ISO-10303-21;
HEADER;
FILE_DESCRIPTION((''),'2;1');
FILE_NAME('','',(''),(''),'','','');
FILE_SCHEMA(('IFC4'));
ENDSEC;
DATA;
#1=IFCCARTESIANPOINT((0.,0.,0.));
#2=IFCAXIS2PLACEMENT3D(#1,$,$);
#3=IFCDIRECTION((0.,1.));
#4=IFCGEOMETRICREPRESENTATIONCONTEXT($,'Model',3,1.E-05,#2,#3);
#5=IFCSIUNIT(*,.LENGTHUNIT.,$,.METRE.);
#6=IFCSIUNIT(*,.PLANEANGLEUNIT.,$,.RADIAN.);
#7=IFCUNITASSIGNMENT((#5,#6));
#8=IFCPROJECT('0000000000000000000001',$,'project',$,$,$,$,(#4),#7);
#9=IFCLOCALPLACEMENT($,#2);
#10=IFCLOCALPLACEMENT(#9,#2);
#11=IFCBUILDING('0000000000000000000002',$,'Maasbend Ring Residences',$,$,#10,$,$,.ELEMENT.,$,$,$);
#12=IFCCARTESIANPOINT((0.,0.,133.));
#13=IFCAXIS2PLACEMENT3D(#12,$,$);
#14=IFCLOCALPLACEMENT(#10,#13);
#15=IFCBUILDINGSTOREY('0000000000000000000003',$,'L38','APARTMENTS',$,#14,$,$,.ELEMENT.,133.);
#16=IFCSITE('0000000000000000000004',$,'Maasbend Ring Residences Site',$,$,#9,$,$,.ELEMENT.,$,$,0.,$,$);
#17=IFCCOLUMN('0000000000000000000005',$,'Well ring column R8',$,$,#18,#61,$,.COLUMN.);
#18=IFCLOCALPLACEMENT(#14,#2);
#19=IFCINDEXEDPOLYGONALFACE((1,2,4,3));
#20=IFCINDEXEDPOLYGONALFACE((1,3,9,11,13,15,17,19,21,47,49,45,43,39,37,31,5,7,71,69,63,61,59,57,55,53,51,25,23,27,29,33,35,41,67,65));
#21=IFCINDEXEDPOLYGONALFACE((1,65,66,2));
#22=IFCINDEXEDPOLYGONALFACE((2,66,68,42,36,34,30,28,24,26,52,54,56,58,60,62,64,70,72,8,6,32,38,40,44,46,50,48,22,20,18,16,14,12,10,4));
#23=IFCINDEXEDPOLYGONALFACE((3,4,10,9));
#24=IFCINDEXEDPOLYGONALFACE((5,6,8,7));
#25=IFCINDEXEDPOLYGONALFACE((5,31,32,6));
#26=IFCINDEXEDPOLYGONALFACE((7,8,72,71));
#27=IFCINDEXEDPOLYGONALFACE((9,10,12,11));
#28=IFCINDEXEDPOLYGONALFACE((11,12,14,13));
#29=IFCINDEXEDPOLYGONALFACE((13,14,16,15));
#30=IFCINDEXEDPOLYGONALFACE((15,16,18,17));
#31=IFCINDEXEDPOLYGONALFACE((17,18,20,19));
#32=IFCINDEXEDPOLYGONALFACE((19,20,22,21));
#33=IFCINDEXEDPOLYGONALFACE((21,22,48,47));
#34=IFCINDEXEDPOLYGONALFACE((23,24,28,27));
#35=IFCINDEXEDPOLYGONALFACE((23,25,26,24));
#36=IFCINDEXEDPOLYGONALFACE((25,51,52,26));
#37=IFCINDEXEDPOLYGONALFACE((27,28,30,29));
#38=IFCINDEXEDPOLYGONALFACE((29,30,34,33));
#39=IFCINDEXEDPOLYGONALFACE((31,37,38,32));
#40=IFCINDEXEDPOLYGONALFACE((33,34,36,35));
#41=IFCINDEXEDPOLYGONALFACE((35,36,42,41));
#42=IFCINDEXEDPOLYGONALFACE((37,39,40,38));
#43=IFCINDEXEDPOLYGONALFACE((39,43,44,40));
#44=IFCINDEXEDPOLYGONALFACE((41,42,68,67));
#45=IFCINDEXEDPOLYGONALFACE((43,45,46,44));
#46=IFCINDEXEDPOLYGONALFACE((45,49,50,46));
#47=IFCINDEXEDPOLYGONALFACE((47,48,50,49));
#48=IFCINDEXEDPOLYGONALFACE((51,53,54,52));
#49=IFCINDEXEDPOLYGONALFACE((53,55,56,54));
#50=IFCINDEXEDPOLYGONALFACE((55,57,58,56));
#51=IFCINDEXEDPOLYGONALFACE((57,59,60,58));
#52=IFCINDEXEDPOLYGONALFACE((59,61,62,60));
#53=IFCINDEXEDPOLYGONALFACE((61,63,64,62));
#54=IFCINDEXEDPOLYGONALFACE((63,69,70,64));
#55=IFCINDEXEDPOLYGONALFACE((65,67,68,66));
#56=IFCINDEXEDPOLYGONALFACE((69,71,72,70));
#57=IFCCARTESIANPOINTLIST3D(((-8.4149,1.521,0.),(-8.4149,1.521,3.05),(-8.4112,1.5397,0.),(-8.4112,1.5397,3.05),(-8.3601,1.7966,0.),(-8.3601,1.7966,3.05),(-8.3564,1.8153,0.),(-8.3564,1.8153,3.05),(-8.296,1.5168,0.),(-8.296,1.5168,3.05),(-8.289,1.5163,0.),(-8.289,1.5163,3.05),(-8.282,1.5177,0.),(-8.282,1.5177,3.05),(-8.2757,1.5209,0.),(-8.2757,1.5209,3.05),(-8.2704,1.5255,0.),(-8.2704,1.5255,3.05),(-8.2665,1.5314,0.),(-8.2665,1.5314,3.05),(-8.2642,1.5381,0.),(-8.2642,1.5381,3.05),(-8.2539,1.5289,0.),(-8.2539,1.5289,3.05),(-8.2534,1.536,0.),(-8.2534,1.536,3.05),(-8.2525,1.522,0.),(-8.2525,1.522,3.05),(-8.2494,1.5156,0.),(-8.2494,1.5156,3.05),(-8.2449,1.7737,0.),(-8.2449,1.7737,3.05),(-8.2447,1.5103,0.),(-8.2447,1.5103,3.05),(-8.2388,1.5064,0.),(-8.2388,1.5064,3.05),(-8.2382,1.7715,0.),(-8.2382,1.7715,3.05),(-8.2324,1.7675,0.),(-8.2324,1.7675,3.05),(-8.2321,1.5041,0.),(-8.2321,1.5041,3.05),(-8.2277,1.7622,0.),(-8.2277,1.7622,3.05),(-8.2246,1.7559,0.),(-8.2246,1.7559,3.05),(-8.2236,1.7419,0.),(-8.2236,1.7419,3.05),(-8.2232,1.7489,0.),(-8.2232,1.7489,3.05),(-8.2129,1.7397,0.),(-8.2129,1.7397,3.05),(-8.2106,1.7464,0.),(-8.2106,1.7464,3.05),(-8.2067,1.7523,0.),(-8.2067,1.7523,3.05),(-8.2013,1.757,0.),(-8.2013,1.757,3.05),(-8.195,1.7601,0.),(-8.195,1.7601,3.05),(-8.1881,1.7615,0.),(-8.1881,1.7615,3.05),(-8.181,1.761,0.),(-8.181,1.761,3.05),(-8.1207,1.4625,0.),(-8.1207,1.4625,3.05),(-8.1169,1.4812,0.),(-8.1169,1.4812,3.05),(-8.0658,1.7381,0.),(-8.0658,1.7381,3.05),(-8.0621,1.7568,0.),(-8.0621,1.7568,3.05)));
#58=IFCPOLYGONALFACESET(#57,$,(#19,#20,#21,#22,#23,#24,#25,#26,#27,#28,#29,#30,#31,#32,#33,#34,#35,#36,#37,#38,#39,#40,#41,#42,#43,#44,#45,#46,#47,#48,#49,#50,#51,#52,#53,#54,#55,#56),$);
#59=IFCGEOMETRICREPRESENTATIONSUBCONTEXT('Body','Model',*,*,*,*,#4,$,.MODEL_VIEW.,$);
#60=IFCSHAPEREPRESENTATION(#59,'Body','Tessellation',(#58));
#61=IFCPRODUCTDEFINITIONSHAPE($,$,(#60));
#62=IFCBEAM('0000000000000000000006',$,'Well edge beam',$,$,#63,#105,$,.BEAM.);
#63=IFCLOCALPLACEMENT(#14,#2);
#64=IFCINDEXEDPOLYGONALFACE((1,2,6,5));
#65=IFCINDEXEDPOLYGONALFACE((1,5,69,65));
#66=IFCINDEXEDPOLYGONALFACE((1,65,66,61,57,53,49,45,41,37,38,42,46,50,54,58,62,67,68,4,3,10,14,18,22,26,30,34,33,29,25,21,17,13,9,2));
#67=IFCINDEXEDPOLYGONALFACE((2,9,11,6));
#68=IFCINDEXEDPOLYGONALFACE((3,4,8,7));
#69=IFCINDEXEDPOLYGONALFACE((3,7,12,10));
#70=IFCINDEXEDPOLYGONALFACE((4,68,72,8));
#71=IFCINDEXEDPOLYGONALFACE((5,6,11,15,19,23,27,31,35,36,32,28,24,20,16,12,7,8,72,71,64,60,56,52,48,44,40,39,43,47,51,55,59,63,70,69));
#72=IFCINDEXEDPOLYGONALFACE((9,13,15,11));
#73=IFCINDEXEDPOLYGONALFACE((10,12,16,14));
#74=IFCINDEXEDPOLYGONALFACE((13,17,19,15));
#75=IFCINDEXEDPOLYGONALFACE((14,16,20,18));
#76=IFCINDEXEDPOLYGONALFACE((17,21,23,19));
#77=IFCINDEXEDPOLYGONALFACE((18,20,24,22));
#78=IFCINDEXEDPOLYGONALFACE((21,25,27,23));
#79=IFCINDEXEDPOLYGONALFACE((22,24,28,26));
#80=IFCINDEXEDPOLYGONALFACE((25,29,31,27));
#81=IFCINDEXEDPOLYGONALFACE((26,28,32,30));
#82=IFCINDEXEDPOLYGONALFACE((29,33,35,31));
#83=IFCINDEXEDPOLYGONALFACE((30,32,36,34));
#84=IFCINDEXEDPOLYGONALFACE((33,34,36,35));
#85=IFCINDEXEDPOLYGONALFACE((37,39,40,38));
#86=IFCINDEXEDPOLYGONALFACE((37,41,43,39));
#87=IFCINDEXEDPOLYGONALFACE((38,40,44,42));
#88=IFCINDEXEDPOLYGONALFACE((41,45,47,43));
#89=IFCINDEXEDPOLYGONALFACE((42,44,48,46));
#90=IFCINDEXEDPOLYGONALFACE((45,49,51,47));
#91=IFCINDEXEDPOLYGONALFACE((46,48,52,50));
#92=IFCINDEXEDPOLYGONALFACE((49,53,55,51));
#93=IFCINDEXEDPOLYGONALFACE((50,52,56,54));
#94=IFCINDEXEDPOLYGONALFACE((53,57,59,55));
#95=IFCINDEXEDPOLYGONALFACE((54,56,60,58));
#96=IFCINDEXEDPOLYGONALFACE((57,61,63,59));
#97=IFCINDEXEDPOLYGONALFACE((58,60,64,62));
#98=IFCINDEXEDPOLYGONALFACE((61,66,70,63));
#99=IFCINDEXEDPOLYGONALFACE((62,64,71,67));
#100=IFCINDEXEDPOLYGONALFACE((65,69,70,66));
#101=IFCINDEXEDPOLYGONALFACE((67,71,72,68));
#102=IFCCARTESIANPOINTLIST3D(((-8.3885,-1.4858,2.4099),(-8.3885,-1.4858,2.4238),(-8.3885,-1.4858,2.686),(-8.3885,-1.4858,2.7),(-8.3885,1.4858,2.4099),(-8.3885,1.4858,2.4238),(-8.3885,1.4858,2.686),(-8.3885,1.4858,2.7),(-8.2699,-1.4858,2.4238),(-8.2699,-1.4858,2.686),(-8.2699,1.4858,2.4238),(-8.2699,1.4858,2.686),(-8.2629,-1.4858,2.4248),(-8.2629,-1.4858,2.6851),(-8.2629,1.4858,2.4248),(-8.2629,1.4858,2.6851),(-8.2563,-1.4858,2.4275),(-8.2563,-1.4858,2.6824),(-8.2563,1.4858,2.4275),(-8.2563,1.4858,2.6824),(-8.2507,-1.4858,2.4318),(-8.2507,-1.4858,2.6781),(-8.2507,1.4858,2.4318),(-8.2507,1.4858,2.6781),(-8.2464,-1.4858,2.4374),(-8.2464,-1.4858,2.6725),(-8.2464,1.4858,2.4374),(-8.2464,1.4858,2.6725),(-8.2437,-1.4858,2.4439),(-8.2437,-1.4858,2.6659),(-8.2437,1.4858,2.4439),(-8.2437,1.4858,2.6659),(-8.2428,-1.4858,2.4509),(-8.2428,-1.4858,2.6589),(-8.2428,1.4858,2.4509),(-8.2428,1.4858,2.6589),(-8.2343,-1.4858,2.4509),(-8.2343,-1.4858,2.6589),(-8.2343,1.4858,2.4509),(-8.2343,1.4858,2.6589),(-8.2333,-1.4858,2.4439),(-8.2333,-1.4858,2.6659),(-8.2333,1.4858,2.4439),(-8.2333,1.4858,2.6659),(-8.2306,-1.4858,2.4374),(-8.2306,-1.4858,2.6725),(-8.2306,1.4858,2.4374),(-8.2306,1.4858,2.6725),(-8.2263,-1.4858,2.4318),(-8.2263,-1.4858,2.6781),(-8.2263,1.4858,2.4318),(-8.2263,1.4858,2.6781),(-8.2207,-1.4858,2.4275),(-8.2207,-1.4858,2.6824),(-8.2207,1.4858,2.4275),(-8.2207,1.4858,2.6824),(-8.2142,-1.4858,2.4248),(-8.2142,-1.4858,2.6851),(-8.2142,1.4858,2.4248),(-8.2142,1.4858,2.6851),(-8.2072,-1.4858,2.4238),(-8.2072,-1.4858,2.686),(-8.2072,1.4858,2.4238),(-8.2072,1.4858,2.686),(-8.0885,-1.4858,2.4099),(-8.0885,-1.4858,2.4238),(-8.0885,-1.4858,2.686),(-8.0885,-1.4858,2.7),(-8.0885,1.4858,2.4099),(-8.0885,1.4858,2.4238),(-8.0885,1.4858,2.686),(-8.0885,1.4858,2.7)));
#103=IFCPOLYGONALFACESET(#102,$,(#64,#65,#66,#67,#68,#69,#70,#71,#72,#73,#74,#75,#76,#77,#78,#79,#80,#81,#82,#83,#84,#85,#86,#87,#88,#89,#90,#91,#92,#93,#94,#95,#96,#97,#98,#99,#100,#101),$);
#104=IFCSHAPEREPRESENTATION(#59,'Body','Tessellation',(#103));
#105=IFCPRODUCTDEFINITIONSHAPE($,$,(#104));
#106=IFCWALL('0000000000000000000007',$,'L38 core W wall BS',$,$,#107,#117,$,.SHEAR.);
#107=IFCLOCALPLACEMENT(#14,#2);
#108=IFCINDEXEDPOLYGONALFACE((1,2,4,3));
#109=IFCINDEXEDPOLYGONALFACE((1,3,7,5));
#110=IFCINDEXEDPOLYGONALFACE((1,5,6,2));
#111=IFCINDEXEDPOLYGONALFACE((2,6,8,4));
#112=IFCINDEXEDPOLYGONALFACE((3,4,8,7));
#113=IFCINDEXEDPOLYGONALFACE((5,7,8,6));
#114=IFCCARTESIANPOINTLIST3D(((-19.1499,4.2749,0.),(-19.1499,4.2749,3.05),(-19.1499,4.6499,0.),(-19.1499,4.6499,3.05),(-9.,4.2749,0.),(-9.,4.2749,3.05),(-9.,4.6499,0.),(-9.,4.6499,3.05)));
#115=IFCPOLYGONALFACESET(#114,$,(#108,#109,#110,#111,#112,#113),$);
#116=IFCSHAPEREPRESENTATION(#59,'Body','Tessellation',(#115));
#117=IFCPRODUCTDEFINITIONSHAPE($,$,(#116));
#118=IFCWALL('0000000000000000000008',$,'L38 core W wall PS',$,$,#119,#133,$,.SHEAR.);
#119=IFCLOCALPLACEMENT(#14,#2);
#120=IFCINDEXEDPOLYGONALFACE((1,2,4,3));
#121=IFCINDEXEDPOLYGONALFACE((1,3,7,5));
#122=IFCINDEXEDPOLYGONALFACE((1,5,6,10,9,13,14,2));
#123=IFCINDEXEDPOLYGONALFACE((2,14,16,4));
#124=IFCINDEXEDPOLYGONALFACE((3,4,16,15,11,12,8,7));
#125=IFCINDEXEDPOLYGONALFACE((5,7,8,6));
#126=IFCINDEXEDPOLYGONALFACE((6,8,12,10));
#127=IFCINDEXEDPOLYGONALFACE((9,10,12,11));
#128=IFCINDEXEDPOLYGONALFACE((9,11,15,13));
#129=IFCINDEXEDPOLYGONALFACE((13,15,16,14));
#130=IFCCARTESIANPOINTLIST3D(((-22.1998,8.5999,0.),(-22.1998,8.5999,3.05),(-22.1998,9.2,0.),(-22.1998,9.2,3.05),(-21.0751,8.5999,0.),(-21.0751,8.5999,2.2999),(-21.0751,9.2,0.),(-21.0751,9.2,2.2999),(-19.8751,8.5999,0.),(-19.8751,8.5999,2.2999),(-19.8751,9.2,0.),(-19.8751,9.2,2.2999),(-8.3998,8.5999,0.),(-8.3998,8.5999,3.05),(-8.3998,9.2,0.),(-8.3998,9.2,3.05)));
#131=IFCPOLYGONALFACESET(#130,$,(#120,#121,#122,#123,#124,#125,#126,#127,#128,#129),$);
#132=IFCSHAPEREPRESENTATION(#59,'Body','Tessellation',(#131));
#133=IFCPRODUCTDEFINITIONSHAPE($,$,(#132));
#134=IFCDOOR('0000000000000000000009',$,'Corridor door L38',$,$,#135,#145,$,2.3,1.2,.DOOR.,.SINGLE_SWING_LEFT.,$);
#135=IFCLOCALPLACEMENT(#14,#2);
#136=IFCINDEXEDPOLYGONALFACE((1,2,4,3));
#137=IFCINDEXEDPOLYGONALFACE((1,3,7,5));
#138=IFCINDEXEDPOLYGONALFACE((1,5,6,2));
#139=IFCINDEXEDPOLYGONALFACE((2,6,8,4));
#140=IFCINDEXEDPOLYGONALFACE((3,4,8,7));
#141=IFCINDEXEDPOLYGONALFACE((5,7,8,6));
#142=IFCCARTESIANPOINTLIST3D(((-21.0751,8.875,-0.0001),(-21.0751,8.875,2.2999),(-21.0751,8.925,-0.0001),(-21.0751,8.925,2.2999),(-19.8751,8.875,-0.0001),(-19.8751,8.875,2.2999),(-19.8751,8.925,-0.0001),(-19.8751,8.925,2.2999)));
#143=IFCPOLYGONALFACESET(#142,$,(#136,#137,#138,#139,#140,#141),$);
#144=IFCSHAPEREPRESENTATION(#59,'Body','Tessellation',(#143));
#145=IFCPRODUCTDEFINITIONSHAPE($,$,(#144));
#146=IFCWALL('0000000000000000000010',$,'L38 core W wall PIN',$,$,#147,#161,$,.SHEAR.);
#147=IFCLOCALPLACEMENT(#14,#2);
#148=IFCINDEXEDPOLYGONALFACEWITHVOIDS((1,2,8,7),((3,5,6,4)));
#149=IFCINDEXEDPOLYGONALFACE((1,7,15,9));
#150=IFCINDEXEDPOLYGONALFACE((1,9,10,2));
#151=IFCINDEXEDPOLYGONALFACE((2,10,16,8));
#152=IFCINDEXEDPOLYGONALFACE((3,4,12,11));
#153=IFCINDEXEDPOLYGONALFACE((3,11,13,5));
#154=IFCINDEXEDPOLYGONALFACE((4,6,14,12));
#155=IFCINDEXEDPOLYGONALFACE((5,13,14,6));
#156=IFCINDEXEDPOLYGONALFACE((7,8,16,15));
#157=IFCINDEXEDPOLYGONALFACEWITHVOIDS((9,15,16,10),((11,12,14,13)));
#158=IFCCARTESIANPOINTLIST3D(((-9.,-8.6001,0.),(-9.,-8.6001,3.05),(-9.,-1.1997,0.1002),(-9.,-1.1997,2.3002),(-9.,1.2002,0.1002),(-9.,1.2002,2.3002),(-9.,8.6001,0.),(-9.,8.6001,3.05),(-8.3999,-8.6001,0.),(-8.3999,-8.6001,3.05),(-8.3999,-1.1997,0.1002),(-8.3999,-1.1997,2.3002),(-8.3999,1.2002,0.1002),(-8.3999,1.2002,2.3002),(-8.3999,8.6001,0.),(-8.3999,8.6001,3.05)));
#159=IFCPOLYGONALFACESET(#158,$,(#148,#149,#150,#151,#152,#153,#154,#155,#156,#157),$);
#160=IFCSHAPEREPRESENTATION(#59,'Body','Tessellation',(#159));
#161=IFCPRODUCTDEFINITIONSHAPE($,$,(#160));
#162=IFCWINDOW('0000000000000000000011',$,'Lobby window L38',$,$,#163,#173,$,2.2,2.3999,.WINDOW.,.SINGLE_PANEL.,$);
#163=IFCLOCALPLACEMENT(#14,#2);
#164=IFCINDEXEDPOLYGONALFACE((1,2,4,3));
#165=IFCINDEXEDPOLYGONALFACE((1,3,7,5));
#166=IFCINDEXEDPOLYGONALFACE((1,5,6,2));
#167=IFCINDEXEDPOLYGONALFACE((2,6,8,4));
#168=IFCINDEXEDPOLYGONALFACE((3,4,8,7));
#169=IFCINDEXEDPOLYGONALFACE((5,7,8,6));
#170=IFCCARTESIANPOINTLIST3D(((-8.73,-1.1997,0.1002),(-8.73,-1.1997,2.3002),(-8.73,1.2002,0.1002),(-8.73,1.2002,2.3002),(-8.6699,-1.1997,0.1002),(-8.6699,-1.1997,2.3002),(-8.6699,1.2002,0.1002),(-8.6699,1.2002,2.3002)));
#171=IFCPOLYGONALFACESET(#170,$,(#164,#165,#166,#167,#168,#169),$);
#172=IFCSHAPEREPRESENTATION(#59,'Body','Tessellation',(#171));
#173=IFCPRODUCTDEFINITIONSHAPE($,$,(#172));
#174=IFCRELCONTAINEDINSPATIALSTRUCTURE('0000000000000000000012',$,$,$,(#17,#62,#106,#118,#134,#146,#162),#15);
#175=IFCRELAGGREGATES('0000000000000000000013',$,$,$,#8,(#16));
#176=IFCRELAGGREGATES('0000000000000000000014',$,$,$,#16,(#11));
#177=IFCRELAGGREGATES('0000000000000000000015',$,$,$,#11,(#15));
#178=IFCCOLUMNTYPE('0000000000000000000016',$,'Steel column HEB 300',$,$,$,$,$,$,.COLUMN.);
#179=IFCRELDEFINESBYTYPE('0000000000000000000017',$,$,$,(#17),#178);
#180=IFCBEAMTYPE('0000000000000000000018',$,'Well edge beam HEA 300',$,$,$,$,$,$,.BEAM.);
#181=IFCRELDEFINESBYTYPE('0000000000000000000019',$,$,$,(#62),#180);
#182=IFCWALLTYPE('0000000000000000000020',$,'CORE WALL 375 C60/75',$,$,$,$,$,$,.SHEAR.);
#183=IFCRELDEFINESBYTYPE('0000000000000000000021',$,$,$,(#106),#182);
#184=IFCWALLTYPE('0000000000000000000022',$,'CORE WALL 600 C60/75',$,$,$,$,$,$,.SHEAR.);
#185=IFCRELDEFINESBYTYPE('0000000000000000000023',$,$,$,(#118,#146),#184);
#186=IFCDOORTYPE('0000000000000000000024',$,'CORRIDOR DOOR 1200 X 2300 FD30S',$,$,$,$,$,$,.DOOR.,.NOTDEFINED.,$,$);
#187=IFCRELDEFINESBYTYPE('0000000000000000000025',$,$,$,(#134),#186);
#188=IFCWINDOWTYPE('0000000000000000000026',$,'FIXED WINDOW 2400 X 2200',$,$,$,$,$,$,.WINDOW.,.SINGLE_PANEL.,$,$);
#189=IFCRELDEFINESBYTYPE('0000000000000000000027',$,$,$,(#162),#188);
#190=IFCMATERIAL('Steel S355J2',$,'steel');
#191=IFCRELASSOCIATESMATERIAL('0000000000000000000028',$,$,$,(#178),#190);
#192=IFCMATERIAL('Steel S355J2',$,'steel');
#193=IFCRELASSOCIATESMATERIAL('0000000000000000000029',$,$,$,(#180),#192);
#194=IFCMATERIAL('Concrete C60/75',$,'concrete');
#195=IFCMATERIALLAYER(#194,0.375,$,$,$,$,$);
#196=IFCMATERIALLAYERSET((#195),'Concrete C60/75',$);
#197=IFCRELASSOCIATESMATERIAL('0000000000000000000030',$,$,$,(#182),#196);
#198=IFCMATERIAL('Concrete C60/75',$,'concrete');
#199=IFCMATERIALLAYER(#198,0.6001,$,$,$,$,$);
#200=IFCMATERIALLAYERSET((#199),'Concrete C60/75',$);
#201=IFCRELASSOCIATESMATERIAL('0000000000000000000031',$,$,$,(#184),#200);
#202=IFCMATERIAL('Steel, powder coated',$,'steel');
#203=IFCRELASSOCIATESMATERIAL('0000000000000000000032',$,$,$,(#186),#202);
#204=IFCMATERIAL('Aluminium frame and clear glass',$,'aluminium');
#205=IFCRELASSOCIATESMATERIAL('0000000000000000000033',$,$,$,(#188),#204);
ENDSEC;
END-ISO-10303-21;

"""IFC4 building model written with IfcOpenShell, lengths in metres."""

from ifc_helpers import new_model, si_unit, direction, frame, frame_2d, origin, origin_2d, place, context, subcontext, project, spatial, rectangle, i_section, extrude, material, layer, layer_set, material_profile, profile_set, type_object, element, fill, save


model = new_model("IFC4")

# Units and contexts
model_context = context("Model", 3, precision=1e-05, world=origin(), true_north=direction((0.0, 1.0)))
body_context = subcontext(model_context, "Body", "Model", "MODEL_VIEW")
ifc_project = project(units=[si_unit("LENGTHUNIT", "METRE"), si_unit("PLANEANGLEUNIT", "RADIAN")], contexts=[model_context])

# Site, building, storey
site_placement = place(None, origin())
site = spatial("IfcSite", under=ifc_project, at=site_placement, Name="Maasbend Ring Residences Site", CompositionType="ELEMENT", RefElevation=0.0)
building_placement = place(site_placement, origin())
building = spatial("IfcBuilding", under=site, at=building_placement, Name="Maasbend Ring Residences", CompositionType="ELEMENT")
storey_placement = place(building_placement, frame((0.0, 0.0, 133.0)))
storey = spatial("IfcBuildingStorey", under=building, at=storey_placement, Name="L38", Description="APARTMENTS", CompositionType="ELEMENT", Elevation=133.0)

# Column
ifc_material_1 = material(Name="Steel S355J2", Category="steel")
ifc_material_profile_1 = material_profile(ifc_material_1, i_section(OverallWidth=0.3, OverallDepth=0.3, WebThickness=0.011, FlangeThickness=0.019, FilletRadius=0.0271, at=origin_2d()), Name="HEB 300")
ifc_profile_set_1 = profile_set([ifc_material_profile_1], Name="Steel S355J2")
column_type = type_object("IfcColumnType", Name="Steel column HEB 300", PredefinedType="COLUMN", material=ifc_profile_set_1)
column_placement = place(storey_placement, frame((-8.2385, 1.6389, 0.0), z_axis=(0.0, 0.0, 1.0), x_axis=(-0.980785, 0.19509, 0.0)))
element("IfcColumn", 1, at=column_placement, inside=storey, type_object=column_type, Name="Well ring column R8", PredefinedType="COLUMN", context=body_context, shape_type="SweptSolid", body=[
    extrude(i_section(OverallWidth=0.3, OverallDepth=0.3, WebThickness=0.011, FlangeThickness=0.019, FilletRadius=0.0271, at=origin_2d()), origin(), (0.0, 0.0, 1.0), 3.05),
])

# Beam
ifc_material_2 = material(Name="Steel S355J2", Category="steel")
ifc_material_profile_2 = material_profile(ifc_material_2, i_section(OverallWidth=0.3, OverallDepth=0.29, WebThickness=0.0085, FlangeThickness=0.0139, FilletRadius=0.0271, at=origin_2d()), Name="HEA 300")
ifc_profile_set_2 = profile_set([ifc_material_profile_2], Name="Steel S355J2")
beam_type = type_object("IfcBeamType", Name="Well edge beam HEA 300", PredefinedType="BEAM", material=ifc_profile_set_2)
beam_placement = place(storey_placement, frame((-8.2385, 1.4858, 2.5549), z_axis=(0.0, -1.0, 0.0), x_axis=(1.0, 0.0, 0.0)))
element("IfcBeam", 2, at=beam_placement, inside=storey, type_object=beam_type, Name="Well edge beam", PredefinedType="BEAM", context=body_context, shape_type="SweptSolid", body=[
    extrude(i_section(OverallWidth=0.3, OverallDepth=0.29, WebThickness=0.0085, FlangeThickness=0.0139, FilletRadius=0.0271, at=origin_2d()), origin(), (0.0, 0.0, 1.0), 2.9717),
])

# Wall
ifc_material_3 = material(Name="Concrete C60/75", Category="concrete")
ifc_layer_1 = layer(ifc_material_3, 0.375)
ifc_layer_set_1 = layer_set([ifc_layer_1], Name="Concrete C60/75")
wall_type_1 = type_object("IfcWallType", Name="CORE WALL 375 C60/75", PredefinedType="SHEAR", material=ifc_layer_set_1)
wall_1_placement = place(storey_placement, frame((-9.0, 4.4624, 0.0), z_axis=(0.0, 0.0, 1.0), x_axis=(-1.0, 0.0, 0.0)))
element("IfcWall", 3, at=wall_1_placement, inside=storey, type_object=wall_type_1, Name="L38 core W wall BS", PredefinedType="SHEAR", context=body_context, shape_type="SweptSolid", body=[
    extrude(rectangle(XDim=10.1499, YDim=0.375, at=frame_2d((5.075, 0.0))), origin(), (0.0, 0.0, 1.0), 3.05),
])

# Wall, opening, door
ifc_material_4 = material(Name="Concrete C60/75", Category="concrete")
ifc_layer_2 = layer(ifc_material_4, 0.6001)
ifc_layer_set_2 = layer_set([ifc_layer_2], Name="Concrete C60/75")
wall_type_2 = type_object("IfcWallType", Name="CORE WALL 600 C60/75", PredefinedType="SHEAR", material=ifc_layer_set_2)
wall_2_placement = place(storey_placement, frame((-8.3999, 8.8999, 0.0), z_axis=(0.0, 0.0, 1.0), x_axis=(-1.0, 0.0, 0.0)))
wall_2 = element("IfcWall", 4, at=wall_2_placement, inside=storey, type_object=wall_type_2, Name="L38 core W wall PS", PredefinedType="SHEAR", context=body_context, shape_type="SweptSolid", body=[
    extrude(rectangle(XDim=13.8, YDim=0.6001, at=frame_2d((6.8999, 0.0))), origin(), (0.0, 0.0, 1.0), 3.05),
])
opening_1_placement = place(wall_2_placement, frame((11.4751, 0.0, 0.0)))
opening_1 = element("IfcOpeningElement", 5, at=opening_1_placement, cuts=wall_2, PredefinedType="OPENING", context=body_context, shape_type="SweptSolid", body=[
    extrude(rectangle(XDim=1.2, YDim=2.3, at=frame_2d((0.6001, 1.1499))), frame((0.0, 0.3101, 0.0), z_axis=(0.0, -1.0, 0.0), x_axis=(1.0, 0.0, 0.0)), (0.0, 0.0, 1.0), 0.6201),
])
ifc_material_5 = material(Name="Steel, powder coated", Category="steel")
door_type_1 = type_object("IfcDoorType", Name="CORRIDOR DOOR 1200 X 2300 FD30S", OperationType="NOTDEFINED", PredefinedType="DOOR", material=ifc_material_5)
door_1_placement = place(opening_1_placement, origin())
door_1 = element("IfcDoor", 6, at=door_1_placement, inside=storey, type_object=door_type_1, Name="Corridor door L38", OperationType="SINGLE_SWING_LEFT", OverallHeight=2.3, OverallWidth=1.2, PredefinedType="DOOR", context=body_context, shape_type="SweptSolid", body=[
    extrude(rectangle(XDim=1.2, YDim=2.3, at=frame_2d((0.6001, 1.1499))), frame((0.0, 0.0249, 0.0), z_axis=(0.0, -1.0, 0.0), x_axis=(1.0, 0.0, 0.0)), (0.0, 0.0, 1.0), 0.05),
])
fill(opening_1, door_1)

# Wall, opening, window
wall_3_placement = place(storey_placement, frame((-8.7, 8.6001, 0.0), z_axis=(0.0, 0.0, 1.0), x_axis=(0.0, -1.0, 0.0)))
wall_3 = element("IfcWall", 7, at=wall_3_placement, inside=storey, type_object=wall_type_2, Name="L38 core W wall PIN", PredefinedType="SHEAR", context=body_context, shape_type="SweptSolid", body=[
    extrude(rectangle(XDim=17.2002, YDim=0.6001, at=frame_2d((8.6001, 0.0))), origin(), (0.0, 0.0, 1.0), 3.05),
])
opening_2_placement = place(wall_3_placement, frame((7.3999, 0.0, 0.1001)))
opening_2 = element("IfcOpeningElement", 8, at=opening_2_placement, cuts=wall_3, PredefinedType="OPENING", context=body_context, shape_type="SweptSolid", body=[
    extrude(rectangle(XDim=2.3999, YDim=2.2, at=frame_2d((1.2, 1.1001))), frame((0.0, 0.3101, 0.0), z_axis=(0.0, -1.0, 0.0), x_axis=(1.0, 0.0, 0.0)), (0.0, 0.0, 1.0), 0.6201),
])
ifc_material_6 = material(Name="Aluminium frame and clear glass", Category="aluminium")
window_type = type_object("IfcWindowType", Name="FIXED WINDOW 2400 X 2200", PartitioningType="SINGLE_PANEL", PredefinedType="WINDOW", material=ifc_material_6)
window_placement = place(opening_2_placement, origin())
window = element("IfcWindow", 9, at=window_placement, inside=storey, type_object=window_type, Name="Lobby window L38", OverallHeight=2.2, OverallWidth=2.3999, PartitioningType="SINGLE_PANEL", PredefinedType="WINDOW", context=body_context, shape_type="SweptSolid", body=[
    extrude(rectangle(XDim=2.3999, YDim=2.2, at=frame_2d((1.2, 1.1001))), frame((0.0, 0.03, 0.0), z_axis=(0.0, -1.0, 0.0), x_axis=(1.0, 0.0, 0.0)), (0.0, 0.0, 1.0), 0.0601),
])
fill(opening_2, window)

save(model, "model.ifc")
